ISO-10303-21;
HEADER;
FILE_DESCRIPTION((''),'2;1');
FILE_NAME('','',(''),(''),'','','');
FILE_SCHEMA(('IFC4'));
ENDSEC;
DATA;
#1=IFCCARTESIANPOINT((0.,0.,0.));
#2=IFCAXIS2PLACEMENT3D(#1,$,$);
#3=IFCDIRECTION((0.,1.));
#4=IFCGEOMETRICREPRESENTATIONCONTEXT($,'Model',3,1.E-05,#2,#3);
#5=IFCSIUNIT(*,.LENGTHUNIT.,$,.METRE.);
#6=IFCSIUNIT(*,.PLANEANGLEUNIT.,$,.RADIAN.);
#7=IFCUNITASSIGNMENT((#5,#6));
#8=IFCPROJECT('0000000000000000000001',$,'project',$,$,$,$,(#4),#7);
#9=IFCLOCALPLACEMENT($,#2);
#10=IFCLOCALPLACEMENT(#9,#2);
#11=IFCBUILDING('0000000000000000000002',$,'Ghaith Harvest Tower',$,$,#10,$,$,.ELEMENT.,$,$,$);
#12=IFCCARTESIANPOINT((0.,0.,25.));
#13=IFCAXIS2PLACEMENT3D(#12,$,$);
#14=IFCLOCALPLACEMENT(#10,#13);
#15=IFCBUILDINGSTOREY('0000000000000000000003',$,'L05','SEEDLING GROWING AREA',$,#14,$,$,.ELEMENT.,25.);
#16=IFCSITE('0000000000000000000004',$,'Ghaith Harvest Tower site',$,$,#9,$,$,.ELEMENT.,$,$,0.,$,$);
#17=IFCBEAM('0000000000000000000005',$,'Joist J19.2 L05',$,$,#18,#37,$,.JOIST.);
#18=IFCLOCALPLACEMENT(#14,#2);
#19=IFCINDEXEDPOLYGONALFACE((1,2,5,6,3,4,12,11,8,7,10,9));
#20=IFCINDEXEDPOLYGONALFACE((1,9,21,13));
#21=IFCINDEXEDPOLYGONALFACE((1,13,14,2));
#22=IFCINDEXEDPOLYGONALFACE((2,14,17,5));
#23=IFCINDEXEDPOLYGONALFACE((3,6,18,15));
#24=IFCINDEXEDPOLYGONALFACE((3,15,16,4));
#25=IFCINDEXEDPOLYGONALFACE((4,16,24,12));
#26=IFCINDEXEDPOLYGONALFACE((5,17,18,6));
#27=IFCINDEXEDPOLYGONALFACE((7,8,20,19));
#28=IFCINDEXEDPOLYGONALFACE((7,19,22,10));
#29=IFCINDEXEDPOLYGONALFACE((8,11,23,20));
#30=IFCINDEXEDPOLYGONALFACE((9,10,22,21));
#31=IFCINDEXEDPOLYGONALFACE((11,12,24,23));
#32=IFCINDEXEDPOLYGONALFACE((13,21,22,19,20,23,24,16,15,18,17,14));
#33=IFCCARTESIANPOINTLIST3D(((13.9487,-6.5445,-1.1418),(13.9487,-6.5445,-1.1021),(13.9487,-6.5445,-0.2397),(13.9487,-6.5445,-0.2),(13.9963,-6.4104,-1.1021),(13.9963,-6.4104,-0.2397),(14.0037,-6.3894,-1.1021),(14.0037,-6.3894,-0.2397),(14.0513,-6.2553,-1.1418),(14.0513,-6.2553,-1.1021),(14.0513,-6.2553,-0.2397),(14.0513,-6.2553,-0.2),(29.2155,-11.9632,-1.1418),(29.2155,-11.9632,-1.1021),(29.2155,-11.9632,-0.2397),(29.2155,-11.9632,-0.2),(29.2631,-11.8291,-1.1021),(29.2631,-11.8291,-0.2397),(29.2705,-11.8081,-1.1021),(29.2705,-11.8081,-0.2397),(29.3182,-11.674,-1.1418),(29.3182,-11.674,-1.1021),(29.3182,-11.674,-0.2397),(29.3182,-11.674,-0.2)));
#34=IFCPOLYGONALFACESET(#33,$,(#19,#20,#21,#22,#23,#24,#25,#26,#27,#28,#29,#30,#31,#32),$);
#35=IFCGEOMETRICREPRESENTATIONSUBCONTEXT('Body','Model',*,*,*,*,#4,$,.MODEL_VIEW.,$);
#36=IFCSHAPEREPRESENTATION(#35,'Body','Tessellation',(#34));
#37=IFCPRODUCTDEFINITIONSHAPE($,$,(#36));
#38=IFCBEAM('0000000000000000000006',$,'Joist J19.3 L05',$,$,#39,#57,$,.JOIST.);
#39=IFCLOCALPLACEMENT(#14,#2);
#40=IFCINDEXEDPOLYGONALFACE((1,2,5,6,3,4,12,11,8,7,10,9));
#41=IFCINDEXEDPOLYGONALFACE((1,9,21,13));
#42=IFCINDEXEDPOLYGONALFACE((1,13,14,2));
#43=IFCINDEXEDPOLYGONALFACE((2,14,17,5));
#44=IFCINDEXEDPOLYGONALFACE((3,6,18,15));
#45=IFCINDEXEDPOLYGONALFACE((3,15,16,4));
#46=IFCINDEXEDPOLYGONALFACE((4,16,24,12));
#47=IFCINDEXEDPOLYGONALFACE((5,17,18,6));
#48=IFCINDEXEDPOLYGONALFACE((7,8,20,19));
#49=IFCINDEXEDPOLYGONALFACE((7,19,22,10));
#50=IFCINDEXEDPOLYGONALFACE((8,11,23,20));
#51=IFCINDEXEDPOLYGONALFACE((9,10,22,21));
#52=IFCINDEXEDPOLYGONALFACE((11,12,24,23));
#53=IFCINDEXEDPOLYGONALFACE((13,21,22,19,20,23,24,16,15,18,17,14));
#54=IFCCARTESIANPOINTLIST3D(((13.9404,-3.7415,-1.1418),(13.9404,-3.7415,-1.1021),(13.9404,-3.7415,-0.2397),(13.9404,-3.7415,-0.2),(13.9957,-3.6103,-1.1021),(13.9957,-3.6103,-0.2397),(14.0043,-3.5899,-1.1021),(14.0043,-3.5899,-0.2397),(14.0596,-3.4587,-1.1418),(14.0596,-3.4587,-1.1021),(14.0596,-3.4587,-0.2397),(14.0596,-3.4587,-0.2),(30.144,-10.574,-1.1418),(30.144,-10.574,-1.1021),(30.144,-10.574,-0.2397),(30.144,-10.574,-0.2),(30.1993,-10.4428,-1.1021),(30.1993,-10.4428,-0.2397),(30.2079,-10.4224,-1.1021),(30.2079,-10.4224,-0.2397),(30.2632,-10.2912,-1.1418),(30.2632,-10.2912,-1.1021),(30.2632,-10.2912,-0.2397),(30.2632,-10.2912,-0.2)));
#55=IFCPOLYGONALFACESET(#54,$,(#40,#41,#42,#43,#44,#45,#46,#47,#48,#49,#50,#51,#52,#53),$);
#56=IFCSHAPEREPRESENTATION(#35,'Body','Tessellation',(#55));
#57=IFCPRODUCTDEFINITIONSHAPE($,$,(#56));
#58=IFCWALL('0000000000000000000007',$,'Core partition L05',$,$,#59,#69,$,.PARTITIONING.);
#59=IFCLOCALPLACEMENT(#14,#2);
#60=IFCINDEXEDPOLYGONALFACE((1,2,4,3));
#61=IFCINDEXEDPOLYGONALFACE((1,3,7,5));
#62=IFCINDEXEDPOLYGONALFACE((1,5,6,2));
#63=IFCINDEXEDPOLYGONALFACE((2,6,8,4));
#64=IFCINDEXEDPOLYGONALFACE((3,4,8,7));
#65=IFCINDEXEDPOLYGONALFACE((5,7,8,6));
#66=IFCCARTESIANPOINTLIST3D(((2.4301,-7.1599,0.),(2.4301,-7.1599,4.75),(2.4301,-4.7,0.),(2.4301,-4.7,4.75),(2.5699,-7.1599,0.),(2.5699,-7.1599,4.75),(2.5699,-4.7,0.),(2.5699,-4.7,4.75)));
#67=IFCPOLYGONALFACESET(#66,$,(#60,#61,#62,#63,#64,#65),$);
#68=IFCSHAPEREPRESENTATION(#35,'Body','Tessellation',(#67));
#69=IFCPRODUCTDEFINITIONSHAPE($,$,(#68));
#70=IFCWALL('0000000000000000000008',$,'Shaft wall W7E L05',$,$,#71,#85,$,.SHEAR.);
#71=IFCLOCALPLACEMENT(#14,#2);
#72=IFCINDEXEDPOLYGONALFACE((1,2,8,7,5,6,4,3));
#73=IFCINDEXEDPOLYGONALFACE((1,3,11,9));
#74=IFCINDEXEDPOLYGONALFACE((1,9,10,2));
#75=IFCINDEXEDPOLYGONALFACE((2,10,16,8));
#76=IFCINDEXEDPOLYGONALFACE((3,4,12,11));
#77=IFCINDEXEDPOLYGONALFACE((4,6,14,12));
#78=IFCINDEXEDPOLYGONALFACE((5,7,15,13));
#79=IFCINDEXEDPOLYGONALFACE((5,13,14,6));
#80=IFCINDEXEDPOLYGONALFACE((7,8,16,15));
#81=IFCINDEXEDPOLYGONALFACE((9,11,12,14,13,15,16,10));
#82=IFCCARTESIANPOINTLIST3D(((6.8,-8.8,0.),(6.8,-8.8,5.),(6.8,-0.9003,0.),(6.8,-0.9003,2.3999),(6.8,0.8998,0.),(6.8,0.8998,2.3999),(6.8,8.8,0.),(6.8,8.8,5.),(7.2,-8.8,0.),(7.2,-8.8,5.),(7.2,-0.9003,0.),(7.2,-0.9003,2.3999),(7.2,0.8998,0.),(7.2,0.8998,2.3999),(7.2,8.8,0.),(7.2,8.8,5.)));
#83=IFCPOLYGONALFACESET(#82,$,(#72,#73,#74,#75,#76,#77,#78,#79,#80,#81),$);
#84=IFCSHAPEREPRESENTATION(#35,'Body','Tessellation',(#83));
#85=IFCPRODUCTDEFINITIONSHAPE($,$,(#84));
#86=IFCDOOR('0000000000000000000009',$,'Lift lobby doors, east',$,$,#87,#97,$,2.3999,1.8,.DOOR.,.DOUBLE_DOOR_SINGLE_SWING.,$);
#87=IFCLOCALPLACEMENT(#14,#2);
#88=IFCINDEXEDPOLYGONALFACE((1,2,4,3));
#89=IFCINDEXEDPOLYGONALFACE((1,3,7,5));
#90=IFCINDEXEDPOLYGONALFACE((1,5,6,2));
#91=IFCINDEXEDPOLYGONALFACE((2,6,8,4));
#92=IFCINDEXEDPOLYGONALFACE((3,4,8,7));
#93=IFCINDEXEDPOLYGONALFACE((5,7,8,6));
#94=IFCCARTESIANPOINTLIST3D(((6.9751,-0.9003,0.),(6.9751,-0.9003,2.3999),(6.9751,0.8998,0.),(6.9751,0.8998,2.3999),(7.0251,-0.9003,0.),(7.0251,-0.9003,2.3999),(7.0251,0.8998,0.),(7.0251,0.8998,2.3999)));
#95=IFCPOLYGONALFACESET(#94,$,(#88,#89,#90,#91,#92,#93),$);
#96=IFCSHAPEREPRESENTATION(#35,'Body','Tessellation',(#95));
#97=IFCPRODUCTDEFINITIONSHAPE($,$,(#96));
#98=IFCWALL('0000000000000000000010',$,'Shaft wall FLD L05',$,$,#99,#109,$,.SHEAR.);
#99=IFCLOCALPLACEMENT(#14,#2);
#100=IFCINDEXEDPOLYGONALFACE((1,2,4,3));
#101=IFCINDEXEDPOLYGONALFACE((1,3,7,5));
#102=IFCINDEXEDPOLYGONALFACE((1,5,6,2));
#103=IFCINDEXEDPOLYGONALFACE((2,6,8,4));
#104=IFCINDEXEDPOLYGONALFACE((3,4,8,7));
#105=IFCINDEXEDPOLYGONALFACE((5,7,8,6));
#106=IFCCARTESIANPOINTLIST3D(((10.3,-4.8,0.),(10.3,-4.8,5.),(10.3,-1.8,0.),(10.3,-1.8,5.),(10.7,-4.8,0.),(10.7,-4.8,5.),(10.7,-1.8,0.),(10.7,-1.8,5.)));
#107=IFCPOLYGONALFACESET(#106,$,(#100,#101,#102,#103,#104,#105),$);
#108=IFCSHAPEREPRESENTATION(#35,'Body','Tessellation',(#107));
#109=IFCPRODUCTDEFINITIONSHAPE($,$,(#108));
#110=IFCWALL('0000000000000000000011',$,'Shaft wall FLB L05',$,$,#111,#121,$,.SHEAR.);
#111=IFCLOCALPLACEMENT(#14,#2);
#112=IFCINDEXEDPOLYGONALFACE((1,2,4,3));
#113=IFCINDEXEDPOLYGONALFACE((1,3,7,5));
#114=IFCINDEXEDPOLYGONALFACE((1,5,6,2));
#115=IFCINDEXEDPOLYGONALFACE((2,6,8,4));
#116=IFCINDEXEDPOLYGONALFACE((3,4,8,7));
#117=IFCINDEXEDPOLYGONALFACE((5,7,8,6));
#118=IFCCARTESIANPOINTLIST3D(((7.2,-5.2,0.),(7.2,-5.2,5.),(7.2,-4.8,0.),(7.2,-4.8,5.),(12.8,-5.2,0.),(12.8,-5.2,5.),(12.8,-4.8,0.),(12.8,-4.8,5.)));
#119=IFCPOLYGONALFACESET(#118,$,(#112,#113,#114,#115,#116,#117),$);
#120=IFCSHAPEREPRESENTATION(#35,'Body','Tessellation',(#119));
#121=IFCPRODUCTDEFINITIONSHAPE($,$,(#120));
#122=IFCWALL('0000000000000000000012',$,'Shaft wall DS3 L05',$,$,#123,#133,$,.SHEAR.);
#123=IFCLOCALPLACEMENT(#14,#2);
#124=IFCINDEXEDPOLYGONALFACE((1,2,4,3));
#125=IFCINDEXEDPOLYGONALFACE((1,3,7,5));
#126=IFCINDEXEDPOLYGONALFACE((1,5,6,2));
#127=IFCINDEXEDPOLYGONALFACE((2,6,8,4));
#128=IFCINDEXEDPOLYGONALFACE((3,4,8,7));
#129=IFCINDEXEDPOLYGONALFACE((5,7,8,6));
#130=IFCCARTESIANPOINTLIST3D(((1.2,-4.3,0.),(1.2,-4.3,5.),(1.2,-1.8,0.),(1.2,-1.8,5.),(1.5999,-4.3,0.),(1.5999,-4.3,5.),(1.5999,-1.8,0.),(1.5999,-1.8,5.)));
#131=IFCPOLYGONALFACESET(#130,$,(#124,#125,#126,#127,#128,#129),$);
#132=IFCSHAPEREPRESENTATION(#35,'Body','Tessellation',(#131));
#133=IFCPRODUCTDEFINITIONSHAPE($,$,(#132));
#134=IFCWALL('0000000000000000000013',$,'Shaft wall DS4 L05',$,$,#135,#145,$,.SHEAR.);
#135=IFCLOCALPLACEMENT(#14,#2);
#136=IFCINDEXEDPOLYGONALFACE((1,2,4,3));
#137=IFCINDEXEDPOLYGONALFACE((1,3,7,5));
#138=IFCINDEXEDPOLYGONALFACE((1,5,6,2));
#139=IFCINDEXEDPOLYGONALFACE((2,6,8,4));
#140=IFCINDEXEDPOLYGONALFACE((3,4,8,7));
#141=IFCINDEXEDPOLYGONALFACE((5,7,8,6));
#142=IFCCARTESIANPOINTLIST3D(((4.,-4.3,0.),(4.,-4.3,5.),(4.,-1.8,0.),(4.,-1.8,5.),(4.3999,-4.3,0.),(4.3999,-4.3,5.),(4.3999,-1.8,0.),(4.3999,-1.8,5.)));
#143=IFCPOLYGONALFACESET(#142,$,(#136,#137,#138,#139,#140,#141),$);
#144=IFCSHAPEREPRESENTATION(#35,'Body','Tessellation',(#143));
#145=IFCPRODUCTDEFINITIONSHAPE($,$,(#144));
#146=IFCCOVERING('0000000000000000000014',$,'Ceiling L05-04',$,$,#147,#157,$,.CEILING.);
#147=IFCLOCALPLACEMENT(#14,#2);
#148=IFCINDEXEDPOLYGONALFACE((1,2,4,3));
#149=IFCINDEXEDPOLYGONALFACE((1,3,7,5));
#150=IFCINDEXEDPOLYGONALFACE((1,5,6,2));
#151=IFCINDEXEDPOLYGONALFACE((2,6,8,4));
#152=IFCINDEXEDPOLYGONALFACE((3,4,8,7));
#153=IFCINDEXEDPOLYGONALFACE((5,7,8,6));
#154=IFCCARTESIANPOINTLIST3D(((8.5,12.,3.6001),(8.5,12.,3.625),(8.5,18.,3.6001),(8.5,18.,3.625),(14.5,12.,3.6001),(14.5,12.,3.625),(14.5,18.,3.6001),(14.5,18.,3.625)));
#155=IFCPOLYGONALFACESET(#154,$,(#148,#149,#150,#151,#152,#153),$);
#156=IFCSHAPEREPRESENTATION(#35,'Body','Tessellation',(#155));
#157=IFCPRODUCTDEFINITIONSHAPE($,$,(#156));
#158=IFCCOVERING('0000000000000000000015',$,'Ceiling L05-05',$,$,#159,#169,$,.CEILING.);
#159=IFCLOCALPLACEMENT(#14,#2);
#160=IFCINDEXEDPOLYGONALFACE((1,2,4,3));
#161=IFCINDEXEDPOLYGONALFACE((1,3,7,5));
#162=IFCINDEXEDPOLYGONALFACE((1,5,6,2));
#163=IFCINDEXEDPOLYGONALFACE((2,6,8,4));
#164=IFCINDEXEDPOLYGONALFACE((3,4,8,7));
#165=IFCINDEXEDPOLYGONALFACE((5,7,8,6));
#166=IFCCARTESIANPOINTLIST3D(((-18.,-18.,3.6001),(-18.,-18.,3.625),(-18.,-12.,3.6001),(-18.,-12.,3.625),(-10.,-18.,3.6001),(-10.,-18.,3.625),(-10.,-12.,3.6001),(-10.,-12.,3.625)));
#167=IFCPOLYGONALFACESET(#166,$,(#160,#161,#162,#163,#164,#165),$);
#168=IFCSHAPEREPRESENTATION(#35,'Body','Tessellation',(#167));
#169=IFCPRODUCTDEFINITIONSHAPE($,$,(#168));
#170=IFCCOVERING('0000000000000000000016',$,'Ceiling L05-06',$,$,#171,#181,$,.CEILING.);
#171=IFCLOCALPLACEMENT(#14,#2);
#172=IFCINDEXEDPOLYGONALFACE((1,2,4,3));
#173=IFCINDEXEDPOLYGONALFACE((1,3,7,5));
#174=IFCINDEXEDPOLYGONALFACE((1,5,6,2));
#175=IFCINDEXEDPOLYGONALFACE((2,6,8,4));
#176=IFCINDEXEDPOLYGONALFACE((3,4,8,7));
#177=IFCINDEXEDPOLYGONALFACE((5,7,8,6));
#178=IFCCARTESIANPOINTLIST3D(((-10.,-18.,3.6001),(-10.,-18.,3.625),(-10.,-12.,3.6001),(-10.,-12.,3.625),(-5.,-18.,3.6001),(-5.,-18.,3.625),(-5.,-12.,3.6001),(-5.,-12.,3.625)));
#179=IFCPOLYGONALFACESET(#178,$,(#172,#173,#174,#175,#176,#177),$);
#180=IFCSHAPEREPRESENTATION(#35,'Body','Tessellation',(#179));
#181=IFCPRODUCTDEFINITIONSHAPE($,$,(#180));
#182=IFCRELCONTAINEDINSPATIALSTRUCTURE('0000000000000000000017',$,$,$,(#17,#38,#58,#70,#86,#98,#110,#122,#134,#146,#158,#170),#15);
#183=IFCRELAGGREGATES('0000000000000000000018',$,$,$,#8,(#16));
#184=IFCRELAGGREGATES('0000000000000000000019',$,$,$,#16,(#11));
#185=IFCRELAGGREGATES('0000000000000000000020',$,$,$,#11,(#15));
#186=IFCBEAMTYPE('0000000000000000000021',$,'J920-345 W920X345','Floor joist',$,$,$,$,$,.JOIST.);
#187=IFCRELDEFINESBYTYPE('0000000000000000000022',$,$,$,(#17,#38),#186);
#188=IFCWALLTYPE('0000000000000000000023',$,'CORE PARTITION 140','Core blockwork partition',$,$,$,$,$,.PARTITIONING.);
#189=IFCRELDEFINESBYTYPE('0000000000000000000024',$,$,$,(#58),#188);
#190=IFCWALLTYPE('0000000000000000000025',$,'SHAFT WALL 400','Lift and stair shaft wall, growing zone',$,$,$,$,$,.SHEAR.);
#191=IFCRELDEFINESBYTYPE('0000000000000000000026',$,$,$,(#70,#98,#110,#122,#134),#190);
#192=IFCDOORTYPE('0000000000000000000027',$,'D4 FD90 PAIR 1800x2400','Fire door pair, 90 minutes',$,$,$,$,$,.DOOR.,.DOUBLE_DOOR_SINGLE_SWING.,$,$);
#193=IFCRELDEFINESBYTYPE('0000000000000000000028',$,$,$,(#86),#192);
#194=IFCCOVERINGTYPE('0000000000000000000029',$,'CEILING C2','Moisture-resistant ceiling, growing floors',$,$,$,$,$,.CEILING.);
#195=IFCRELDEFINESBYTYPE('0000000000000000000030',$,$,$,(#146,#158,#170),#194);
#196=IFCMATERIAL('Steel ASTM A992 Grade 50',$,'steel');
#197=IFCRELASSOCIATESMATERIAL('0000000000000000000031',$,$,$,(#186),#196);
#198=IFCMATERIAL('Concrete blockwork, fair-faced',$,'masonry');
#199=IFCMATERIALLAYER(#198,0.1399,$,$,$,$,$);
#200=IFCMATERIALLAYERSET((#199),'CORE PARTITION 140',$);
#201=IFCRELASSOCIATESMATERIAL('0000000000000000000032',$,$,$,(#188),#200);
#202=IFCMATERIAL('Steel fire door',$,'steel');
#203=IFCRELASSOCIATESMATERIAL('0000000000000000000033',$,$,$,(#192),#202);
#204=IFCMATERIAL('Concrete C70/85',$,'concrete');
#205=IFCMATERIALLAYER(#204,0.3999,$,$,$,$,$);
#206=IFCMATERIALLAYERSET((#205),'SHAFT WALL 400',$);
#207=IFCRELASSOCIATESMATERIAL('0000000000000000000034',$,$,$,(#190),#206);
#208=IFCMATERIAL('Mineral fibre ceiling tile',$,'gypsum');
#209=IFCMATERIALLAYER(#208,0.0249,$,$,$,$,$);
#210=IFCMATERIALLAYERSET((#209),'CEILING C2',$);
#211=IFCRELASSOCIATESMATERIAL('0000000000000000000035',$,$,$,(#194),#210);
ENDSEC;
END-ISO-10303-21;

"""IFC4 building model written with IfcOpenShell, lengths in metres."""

from ifc_helpers import new_model, si_unit, direction, frame, frame_2d, origin, origin_2d, place, context, subcontext, project, spatial, polyline, rectangle, i_section, outline, extrude, material, layer, layer_set, material_profile, profile_set, type_object, element, fill, save


model = new_model("IFC4")

# Units and contexts
model_context = context("Model", 3, precision=1e-05, world=origin(), true_north=direction((0.0, 1.0)))
body_context = subcontext(model_context, "Body", "Model", "MODEL_VIEW")
ifc_project = project(units=[si_unit("LENGTHUNIT", "METRE"), si_unit("PLANEANGLEUNIT", "RADIAN")], contexts=[model_context])

# Site, building, storey
site_placement = place(None, origin())
site = spatial("IfcSite", under=ifc_project, at=site_placement, Name="Ghaith Harvest Tower site", CompositionType="ELEMENT", RefElevation=0.0)
building_placement = place(site_placement, origin())
building = spatial("IfcBuilding", under=site, at=building_placement, Name="Ghaith Harvest Tower", CompositionType="ELEMENT")
storey_placement = place(building_placement, frame((0.0, 0.0, 25.0)))
storey = spatial("IfcBuildingStorey", under=building, at=storey_placement, Name="L05", Description="SEEDLING GROWING AREA", CompositionType="ELEMENT", Elevation=25.0)

# Beams
ifc_material_1 = material(Name="Steel ASTM A992 Grade 50", Category="steel")
ifc_material_profile_1 = material_profile(ifc_material_1, i_section(OverallWidth=0.3069, OverallDepth=0.9419, WebThickness=0.0222, FlangeThickness=0.0398, at=origin_2d()), Name="W920X345")
ifc_profile_set_1 = profile_set([ifc_material_profile_1], Name="Steel ASTM A992 Grade 50")
beam_type_1 = type_object("IfcBeamType", Name="J920-345 W920X345", Description="Floor joist", PredefinedType="JOIST", material=ifc_profile_set_1)
beam_1_placement = place(storey_placement, frame((14.0, -6.3999, -0.6709), z_axis=(0.9424, -0.334488, 0.0), x_axis=(0.334488, 0.9424, 0.0)))
element("IfcBeam", 1, at=beam_1_placement, inside=storey, type_object=beam_type_1, Name="Joist J19.2 L05", PredefinedType="JOIST", context=body_context, shape_type="SweptSolid", body=[
    extrude(i_section(OverallWidth=0.3069, OverallDepth=0.9419, WebThickness=0.0222, FlangeThickness=0.0398, at=origin_2d()), origin(), (0.0, 0.0, 1.0), 16.2),
])
beam_2_placement = place(storey_placement, frame((14.0, -3.6001, -0.6709), z_axis=(0.921433, -0.388537, 0.0), x_axis=(0.388537, 0.921433, 0.0)))
element("IfcBeam", 2, at=beam_2_placement, inside=storey, type_object=beam_type_1, Name="Joist J19.3 L05", PredefinedType="JOIST", context=body_context, shape_type="SweptSolid", body=[
    extrude(i_section(OverallWidth=0.3069, OverallDepth=0.9419, WebThickness=0.0222, FlangeThickness=0.0398, at=origin_2d()), origin(), (0.0, 0.0, 1.0), 17.5852),
])

# Wall
ifc_material_2 = material(Name="Concrete blockwork, fair-faced", Category="masonry")
ifc_layer_1 = layer(ifc_material_2, 0.1399)
ifc_layer_set_1 = layer_set([ifc_layer_1], Name="CORE PARTITION 140")
wall_type_1 = type_object("IfcWallType", Name="CORE PARTITION 140", Description="Core blockwork partition", PredefinedType="PARTITIONING", material=ifc_layer_set_1)
wall_1_placement = place(storey_placement, frame((2.5, -4.7, 0.0), z_axis=(0.0, 0.0, 1.0), x_axis=(0.0, -1.0, 0.0)))
element("IfcWall", 3, at=wall_1_placement, inside=storey, type_object=wall_type_1, Name="Core partition L05", PredefinedType="PARTITIONING", context=body_context, shape_type="SweptSolid", body=[
    extrude(rectangle(XDim=2.46, YDim=0.1399, at=frame_2d((1.23, 0.0))), origin(), (0.0, 0.0, 1.0), 4.75),
])

# Wall, opening, door
ifc_material_3 = material(Name="Steel fire door", Category="steel")
door_type_1 = type_object("IfcDoorType", Name="D4 FD90 PAIR 1800x2400", Description="Fire door pair, 90 minutes", OperationType="DOUBLE_DOOR_SINGLE_SWING", PredefinedType="DOOR", material=ifc_material_3)
ifc_material_4 = material(Name="Concrete C70/85", Category="concrete")
ifc_layer_2 = layer(ifc_material_4, 0.3999)
ifc_layer_set_2 = layer_set([ifc_layer_2], Name="SHAFT WALL 400")
wall_type_2 = type_object("IfcWallType", Name="SHAFT WALL 400", Description="Lift and stair shaft wall, growing zone", PredefinedType="SHEAR", material=ifc_layer_set_2)
wall_2_placement = place(storey_placement, frame((7.0, -8.8, 0.0), z_axis=(0.0, 0.0, 1.0), x_axis=(0.0, 1.0, 0.0)))
wall_2 = element("IfcWall", 4, at=wall_2_placement, inside=storey, type_object=wall_type_2, Name="Shaft wall W7E L05", PredefinedType="SHEAR", context=body_context, shape_type="SweptSolid", body=[
    extrude(rectangle(XDim=17.6001, YDim=0.3999, at=frame_2d((8.8, 0.0))), origin(), (0.0, 0.0, 1.0), 5.0),
])
opening_1_placement = place(wall_2_placement, frame((7.8999, 0.0, 0.0)))
opening_1 = element("IfcOpeningElement", 5, at=opening_1_placement, cuts=wall_2, PredefinedType="OPENING", context=body_context, shape_type="SweptSolid", body=[
    extrude(rectangle(XDim=1.8, YDim=2.3999, at=frame_2d((0.8999, 1.2))), frame((0.0, 0.21, 0.0), z_axis=(0.0, -1.0, 0.0), x_axis=(1.0, 0.0, 0.0)), (0.0, 0.0, 1.0), 0.4199),
])
door_1_placement = place(opening_1_placement, origin())
door_1 = element("IfcDoor", 6, at=door_1_placement, inside=storey, type_object=door_type_1, Name="Lift lobby doors, east", OperationType="DOUBLE_DOOR_SINGLE_SWING", OverallHeight=2.3999, OverallWidth=1.8, PredefinedType="DOOR", context=body_context, shape_type="SweptSolid", body=[
    extrude(rectangle(XDim=1.8, YDim=2.3999, at=frame_2d((0.8999, 1.2))), frame((0.0, 0.0249, 0.0), z_axis=(0.0, -1.0, 0.0), x_axis=(1.0, 0.0, 0.0)), (0.0, 0.0, 1.0), 0.05),
])
fill(opening_1, door_1)

# Walls
wall_3_placement = place(storey_placement, frame((10.5, -4.8, 0.0), z_axis=(0.0, 0.0, 1.0), x_axis=(0.0, 1.0, 0.0)))
element("IfcWall", 7, at=wall_3_placement, inside=storey, type_object=wall_type_2, Name="Shaft wall FLD L05", PredefinedType="SHEAR", context=body_context, shape_type="SweptSolid", body=[
    extrude(rectangle(XDim=3.0, YDim=0.3999, at=frame_2d((1.5, 0.0))), origin(), (0.0, 0.0, 1.0), 5.0),
])
wall_4_placement = place(storey_placement, frame((7.2, -5.0, 0.0), z_axis=(0.0, 0.0, 1.0), x_axis=(1.0, 0.0, 0.0)))
element("IfcWall", 8, at=wall_4_placement, inside=storey, type_object=wall_type_2, Name="Shaft wall FLB L05", PredefinedType="SHEAR", context=body_context, shape_type="SweptSolid", body=[
    extrude(rectangle(XDim=5.6001, YDim=0.3999, at=frame_2d((2.8, 0.0))), origin(), (0.0, 0.0, 1.0), 5.0),
])
for number, where, z_axis, x_axis, name in (
    (9, (1.3999, -4.3, 0.0), (0.0, 0.0, 1.0), (0.0, 1.0, 0.0), "Shaft wall DS3 L05"),
    (10, (4.2, -4.3, 0.0), (0.0, 0.0, 1.0), (0.0, 1.0, 0.0), "Shaft wall DS4 L05"),
):
    element("IfcWall", number, at=place(storey_placement, frame(where, z_axis=z_axis, x_axis=x_axis)), inside=storey, type_object=wall_type_2, Name=name, PredefinedType="SHEAR", context=body_context, shape_type="SweptSolid", body=[
        extrude(rectangle(XDim=2.5, YDim=0.3999, at=frame_2d((1.25, 0.0))), origin(), (0.0, 0.0, 1.0), 5.0),
    ])

# Coverings
ifc_material_5 = material(Name="Mineral fibre ceiling tile", Category="gypsum")
ifc_layer_3 = layer(ifc_material_5, 0.0249)
ifc_layer_set_3 = layer_set([ifc_layer_3], Name="CEILING C2")
covering_type = type_object("IfcCoveringType", Name="CEILING C2", Description="Moisture-resistant ceiling, growing floors", PredefinedType="CEILING", material=ifc_layer_set_3)
covering_1_placement = place(storey_placement, frame((0.0, 0.0, 3.6001)))
element("IfcCovering", 11, at=covering_1_placement, inside=storey, type_object=covering_type, Name="Ceiling L05-04", PredefinedType="CEILING", context=body_context, shape_type="SweptSolid", body=[
    extrude(outline(polyline([(8.5, 12.0), (14.5, 12.0), (14.5, 18.0), (8.5, 18.0), (8.5, 12.0)])), origin(), (0.0, 0.0, 1.0), 0.0249),
])
covering_2_placement = place(storey_placement, frame((0.0, 0.0, 3.6001)))
element("IfcCovering", 12, at=covering_2_placement, inside=storey, type_object=covering_type, Name="Ceiling L05-05", PredefinedType="CEILING", context=body_context, shape_type="SweptSolid", body=[
    extrude(outline(polyline([(-18.0, -18.0), (-10.0, -18.0), (-10.0, -12.0), (-18.0, -12.0), (-18.0, -18.0)])), origin(), (0.0, 0.0, 1.0), 0.0249),
])
covering_3_placement = place(storey_placement, frame((0.0, 0.0, 3.6001)))
element("IfcCovering", 13, at=covering_3_placement, inside=storey, type_object=covering_type, Name="Ceiling L05-06", PredefinedType="CEILING", context=body_context, shape_type="SweptSolid", body=[
    extrude(outline(polyline([(-10.0, -18.0), (-5.0, -18.0), (-5.0, -12.0), (-10.0, -12.0), (-10.0, -18.0)])), origin(), (0.0, 0.0, 1.0), 0.0249),
])

save(model, "model.ifc")
